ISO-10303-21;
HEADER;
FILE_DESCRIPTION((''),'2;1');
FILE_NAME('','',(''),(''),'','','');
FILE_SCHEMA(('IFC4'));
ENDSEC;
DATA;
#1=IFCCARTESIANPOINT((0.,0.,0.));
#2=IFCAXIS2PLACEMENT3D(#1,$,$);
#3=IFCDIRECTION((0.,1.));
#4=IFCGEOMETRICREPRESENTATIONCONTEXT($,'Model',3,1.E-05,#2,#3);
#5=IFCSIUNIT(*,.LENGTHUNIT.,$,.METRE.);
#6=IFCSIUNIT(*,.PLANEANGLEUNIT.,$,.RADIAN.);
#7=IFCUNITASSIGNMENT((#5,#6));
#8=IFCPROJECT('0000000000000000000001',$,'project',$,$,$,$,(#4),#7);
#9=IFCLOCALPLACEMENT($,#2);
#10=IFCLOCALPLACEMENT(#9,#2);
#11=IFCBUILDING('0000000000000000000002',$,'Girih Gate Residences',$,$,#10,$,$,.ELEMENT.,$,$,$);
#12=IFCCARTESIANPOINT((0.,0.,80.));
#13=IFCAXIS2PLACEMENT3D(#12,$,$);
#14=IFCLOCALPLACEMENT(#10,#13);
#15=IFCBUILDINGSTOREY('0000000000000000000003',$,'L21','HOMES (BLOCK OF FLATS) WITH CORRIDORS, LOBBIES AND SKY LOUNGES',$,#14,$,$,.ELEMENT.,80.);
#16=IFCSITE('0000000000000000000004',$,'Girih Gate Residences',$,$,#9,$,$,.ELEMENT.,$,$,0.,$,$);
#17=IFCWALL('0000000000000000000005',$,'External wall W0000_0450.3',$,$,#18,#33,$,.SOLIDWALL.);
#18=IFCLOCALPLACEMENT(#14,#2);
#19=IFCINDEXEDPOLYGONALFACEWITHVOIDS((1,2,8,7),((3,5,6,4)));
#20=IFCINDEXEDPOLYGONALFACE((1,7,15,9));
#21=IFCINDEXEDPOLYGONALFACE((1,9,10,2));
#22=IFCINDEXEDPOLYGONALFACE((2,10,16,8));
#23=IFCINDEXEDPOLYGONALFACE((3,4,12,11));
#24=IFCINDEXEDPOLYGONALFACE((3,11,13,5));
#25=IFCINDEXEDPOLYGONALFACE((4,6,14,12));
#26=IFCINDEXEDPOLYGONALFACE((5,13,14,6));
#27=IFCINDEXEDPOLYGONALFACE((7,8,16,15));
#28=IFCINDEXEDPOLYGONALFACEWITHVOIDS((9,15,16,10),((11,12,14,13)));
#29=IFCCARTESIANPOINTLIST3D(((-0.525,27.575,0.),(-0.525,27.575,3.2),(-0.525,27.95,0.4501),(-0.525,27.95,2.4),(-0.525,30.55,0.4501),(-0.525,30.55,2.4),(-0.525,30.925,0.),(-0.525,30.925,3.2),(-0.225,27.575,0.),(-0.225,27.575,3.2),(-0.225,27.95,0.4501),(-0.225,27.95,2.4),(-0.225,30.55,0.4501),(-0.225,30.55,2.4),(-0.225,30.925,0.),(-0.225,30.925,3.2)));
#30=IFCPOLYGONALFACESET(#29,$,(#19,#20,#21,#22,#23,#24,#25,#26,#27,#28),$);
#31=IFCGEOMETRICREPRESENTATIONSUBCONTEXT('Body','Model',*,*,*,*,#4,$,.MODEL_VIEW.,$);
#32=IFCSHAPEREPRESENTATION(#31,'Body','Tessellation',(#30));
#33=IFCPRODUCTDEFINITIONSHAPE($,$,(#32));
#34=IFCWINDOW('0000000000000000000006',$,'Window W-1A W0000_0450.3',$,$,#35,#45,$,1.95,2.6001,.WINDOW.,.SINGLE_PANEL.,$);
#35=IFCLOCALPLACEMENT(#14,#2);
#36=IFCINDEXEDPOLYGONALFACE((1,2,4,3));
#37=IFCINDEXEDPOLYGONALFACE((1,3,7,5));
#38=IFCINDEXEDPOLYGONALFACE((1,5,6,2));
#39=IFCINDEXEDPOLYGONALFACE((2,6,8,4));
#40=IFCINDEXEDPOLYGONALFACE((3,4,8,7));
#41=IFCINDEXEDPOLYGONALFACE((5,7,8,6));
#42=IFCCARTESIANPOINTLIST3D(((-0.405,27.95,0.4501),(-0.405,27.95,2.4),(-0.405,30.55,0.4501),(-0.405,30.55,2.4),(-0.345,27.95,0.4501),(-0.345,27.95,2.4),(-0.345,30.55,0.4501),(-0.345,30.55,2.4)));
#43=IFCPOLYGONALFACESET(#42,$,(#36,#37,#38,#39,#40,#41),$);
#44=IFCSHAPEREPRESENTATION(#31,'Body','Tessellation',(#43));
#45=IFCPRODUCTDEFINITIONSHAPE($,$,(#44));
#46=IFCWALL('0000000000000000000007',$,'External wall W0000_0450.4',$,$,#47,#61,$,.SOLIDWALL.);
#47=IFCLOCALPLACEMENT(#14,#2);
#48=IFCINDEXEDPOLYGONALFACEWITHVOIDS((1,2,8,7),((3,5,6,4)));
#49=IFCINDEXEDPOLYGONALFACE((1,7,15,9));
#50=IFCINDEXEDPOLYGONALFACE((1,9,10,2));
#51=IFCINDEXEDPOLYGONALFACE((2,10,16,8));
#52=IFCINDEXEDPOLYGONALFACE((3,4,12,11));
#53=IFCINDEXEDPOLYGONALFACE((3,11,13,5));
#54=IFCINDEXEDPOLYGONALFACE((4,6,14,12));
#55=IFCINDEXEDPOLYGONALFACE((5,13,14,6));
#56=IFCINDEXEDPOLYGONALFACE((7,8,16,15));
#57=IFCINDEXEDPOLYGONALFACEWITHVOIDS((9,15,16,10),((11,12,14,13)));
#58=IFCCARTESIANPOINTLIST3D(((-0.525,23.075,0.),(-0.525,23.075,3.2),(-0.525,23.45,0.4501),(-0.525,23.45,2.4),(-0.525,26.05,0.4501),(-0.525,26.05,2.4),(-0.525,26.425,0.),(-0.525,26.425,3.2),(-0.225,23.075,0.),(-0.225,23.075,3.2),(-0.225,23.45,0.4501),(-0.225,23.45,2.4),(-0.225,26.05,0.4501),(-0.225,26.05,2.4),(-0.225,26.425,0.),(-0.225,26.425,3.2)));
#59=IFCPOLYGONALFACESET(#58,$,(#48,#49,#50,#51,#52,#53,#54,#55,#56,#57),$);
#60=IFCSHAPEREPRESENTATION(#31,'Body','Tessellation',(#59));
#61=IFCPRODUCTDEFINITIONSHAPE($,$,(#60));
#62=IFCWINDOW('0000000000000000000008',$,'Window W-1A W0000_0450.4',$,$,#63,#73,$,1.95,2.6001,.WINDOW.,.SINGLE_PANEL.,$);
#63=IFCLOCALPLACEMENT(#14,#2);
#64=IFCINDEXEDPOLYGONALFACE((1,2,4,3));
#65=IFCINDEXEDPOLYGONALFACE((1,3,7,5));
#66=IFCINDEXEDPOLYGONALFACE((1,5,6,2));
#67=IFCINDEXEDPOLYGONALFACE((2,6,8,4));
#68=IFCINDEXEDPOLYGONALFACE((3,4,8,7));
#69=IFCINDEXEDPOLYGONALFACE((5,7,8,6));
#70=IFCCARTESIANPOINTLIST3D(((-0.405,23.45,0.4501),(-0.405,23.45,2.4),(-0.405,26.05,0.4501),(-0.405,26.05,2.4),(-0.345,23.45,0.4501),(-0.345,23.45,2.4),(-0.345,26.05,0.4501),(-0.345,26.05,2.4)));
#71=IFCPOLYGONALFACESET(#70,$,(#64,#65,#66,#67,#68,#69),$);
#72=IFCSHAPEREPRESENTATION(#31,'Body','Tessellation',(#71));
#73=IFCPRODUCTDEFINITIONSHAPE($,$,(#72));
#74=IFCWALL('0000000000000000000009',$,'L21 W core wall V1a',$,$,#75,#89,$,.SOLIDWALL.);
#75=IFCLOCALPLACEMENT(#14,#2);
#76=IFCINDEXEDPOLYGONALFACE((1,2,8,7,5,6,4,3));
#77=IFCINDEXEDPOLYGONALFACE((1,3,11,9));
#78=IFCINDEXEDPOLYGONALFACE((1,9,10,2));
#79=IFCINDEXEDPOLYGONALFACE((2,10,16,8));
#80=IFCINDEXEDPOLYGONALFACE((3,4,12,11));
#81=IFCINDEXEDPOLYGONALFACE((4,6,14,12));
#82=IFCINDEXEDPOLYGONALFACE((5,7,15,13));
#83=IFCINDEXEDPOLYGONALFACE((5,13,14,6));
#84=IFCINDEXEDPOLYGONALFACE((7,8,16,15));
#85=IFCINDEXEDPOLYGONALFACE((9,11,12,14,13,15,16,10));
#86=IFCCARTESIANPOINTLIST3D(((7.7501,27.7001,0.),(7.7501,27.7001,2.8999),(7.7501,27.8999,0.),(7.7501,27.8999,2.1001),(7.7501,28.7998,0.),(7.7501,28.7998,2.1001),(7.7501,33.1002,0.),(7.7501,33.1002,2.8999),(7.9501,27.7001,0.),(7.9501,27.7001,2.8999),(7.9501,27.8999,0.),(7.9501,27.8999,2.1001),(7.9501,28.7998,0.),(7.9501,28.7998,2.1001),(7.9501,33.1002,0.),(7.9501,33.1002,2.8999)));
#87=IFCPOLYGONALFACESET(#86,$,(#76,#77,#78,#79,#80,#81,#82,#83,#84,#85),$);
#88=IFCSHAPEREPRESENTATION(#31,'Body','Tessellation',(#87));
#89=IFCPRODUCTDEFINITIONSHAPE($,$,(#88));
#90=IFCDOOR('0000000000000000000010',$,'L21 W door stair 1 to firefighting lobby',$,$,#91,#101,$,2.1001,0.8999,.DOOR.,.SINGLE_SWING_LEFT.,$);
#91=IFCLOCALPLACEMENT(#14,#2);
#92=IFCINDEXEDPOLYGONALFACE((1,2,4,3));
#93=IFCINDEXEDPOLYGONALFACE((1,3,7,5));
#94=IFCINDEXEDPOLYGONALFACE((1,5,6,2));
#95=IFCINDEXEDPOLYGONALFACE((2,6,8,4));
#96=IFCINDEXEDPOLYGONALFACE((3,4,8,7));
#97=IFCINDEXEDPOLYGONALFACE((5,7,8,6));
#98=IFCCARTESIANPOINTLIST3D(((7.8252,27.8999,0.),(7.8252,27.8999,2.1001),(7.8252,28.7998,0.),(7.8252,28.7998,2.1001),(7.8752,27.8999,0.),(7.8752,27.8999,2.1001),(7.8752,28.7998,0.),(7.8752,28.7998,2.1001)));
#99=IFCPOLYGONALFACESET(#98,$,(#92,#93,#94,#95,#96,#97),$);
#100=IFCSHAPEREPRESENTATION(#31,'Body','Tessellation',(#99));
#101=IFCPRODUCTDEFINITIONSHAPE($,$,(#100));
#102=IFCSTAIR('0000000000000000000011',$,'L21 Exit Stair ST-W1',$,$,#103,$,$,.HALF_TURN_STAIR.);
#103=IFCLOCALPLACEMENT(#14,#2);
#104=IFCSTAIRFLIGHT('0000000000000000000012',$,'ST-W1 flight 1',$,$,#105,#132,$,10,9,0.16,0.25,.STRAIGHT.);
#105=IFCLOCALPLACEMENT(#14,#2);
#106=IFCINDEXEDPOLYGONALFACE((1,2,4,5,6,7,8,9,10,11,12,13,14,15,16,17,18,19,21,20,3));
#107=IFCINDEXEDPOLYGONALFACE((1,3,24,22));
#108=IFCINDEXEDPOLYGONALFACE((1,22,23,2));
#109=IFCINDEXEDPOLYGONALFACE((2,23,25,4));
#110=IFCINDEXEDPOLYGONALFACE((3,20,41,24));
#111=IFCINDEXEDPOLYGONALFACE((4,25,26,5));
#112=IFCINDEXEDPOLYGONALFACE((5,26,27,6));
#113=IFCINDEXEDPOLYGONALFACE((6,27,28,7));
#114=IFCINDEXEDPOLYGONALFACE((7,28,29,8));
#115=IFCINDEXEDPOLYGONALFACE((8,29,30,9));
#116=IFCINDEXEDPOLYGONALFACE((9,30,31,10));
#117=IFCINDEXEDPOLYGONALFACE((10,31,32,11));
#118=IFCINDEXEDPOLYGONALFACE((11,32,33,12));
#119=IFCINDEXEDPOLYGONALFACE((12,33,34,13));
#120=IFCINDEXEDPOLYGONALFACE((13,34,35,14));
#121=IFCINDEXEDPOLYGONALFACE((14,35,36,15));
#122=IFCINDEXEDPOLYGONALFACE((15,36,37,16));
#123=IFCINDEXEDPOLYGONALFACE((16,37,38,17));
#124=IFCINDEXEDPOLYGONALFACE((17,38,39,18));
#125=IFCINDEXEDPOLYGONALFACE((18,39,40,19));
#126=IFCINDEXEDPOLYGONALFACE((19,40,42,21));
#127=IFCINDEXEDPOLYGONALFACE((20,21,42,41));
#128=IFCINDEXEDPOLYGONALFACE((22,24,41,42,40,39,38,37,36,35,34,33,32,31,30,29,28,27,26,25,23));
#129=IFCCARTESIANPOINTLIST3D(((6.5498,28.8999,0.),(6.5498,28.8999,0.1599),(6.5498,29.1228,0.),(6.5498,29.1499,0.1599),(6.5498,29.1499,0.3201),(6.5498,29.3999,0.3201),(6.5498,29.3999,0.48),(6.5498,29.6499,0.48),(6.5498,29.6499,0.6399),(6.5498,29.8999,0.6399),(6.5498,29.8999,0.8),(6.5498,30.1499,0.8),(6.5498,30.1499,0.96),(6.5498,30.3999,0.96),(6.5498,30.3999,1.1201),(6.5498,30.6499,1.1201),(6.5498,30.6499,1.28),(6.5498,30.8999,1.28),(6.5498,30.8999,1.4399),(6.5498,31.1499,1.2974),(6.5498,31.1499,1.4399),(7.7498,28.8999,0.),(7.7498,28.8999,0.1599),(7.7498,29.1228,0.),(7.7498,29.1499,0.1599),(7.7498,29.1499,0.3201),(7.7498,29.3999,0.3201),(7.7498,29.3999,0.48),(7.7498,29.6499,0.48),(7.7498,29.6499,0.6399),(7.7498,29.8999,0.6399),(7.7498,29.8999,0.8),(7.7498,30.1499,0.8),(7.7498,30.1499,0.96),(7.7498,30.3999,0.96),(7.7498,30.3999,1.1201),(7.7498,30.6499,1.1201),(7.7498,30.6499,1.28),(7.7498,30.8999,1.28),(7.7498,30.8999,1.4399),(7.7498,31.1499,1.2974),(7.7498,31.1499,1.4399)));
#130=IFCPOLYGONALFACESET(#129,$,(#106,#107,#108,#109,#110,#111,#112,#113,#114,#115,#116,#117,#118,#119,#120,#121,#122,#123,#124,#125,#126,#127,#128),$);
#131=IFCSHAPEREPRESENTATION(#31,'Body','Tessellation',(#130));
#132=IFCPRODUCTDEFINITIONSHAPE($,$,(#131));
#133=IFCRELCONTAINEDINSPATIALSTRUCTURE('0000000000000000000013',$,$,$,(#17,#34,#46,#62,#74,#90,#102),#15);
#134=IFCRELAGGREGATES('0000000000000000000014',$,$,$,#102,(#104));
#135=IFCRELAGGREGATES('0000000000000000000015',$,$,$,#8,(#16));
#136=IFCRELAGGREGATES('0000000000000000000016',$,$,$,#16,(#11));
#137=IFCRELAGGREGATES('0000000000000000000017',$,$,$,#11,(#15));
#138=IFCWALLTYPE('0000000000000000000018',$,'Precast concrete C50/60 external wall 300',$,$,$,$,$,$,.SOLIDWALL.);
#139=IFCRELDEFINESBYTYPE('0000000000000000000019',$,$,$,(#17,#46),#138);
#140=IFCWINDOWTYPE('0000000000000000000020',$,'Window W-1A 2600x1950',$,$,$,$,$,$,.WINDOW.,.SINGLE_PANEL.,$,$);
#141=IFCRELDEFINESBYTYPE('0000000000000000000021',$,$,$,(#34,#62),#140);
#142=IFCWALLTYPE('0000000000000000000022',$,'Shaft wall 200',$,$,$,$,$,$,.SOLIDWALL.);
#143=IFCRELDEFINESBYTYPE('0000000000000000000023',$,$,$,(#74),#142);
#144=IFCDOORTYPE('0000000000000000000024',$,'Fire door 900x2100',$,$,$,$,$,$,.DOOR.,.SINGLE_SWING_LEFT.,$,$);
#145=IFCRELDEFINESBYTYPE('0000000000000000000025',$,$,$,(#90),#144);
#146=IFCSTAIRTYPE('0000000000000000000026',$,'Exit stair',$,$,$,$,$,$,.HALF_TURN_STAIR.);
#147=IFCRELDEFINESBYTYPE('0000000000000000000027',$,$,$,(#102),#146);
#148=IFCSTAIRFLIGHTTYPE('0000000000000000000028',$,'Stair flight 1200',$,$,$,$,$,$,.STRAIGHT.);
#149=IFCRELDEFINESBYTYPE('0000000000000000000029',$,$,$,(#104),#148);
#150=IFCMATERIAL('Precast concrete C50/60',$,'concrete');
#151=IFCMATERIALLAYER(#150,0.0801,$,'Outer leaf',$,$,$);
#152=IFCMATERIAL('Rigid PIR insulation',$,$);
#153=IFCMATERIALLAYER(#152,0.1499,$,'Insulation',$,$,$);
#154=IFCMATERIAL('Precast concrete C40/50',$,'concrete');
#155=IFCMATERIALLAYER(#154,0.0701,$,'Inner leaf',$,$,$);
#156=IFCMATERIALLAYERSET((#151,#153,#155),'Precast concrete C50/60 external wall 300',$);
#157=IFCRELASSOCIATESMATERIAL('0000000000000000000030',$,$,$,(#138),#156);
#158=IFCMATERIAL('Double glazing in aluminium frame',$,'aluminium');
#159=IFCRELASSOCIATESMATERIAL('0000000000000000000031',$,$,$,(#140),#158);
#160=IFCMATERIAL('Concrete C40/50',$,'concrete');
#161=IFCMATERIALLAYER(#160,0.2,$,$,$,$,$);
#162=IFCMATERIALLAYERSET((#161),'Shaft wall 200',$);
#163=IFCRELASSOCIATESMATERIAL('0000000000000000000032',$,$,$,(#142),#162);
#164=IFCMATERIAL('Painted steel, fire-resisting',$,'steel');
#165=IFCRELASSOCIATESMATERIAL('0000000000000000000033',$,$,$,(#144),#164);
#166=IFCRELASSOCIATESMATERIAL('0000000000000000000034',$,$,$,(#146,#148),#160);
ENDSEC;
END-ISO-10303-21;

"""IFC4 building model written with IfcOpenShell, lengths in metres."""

from ifc_helpers import new_model, si_unit, direction, frame, frame_2d, origin, place, context, subcontext, project, spatial, polyline, rectangle, outline, extrude, material, layer, layer_set, type_object, element, fill, aggregate, save


model = new_model("IFC4")

# Units and contexts
model_context = context("Model", 3, precision=1e-05, world=origin(), true_north=direction((0.0, 1.0)))
body_context = subcontext(model_context, "Body", "Model", "MODEL_VIEW")
ifc_project = project(units=[si_unit("LENGTHUNIT", "METRE"), si_unit("PLANEANGLEUNIT", "RADIAN")], contexts=[model_context])

# Site, building, storey
site_placement = place(None, origin())
site = spatial("IfcSite", under=ifc_project, at=site_placement, Name="Girih Gate Residences", CompositionType="ELEMENT", RefElevation=0.0)
building_placement = place(site_placement, origin())
building = spatial("IfcBuilding", under=site, at=building_placement, Name="Girih Gate Residences", CompositionType="ELEMENT")
storey_placement = place(building_placement, frame((0.0, 0.0, 80.0)))
storey = spatial("IfcBuildingStorey", under=building, at=storey_placement, Name="L21", Description="HOMES (BLOCK OF FLATS) WITH CORRIDORS, LOBBIES AND SKY LOUNGES", CompositionType="ELEMENT", Elevation=80.0)

# Shared definitions
ifc_material_1 = material(Name="Painted steel, fire-resisting", Category="steel")

# Walls, openings, windows
ifc_material_2 = material(Name="Precast concrete C50/60", Category="concrete")
ifc_layer_1 = layer(ifc_material_2, 0.0801, Name="Outer leaf")
ifc_material_3 = material(Name="Rigid PIR insulation")
ifc_layer_2 = layer(ifc_material_3, 0.1499, Name="Insulation")
ifc_material_4 = material(Name="Precast concrete C40/50", Category="concrete")
ifc_layer_3 = layer(ifc_material_4, 0.0701, Name="Inner leaf")
ifc_layer_set_1 = layer_set([ifc_layer_1, ifc_layer_2, ifc_layer_3], Name="Precast concrete C50/60 external wall 300")
wall_type_1 = type_object("IfcWallType", Name="Precast concrete C50/60 external wall 300", PredefinedType="SOLIDWALL", material=ifc_layer_set_1)
wall_1_placement = place(storey_placement, frame((-0.375, 27.575, 0.0), z_axis=(0.0, 0.0, 1.0), x_axis=(0.0, 1.0, 0.0)))
wall_1 = element("IfcWall", 1, at=wall_1_placement, inside=storey, type_object=wall_type_1, Name="External wall W0000_0450.3", PredefinedType="SOLIDWALL", context=body_context, shape_type="SweptSolid", body=[
    extrude(rectangle(XDim=3.3501, YDim=0.3, at=frame_2d((1.675, 0.0))), origin(), (0.0, 0.0, 1.0), 3.2),
])
opening_1_placement = place(wall_1_placement, frame((0.375, 0.0, 0.45)))
opening_1 = element("IfcOpeningElement", 2, at=opening_1_placement, cuts=wall_1, PredefinedType="OPENING", context=body_context, shape_type="SweptSolid", body=[
    extrude(rectangle(XDim=2.6001, YDim=1.95, at=frame_2d((1.3, 0.9751))), frame((0.0, 0.1599, 0.0), z_axis=(0.0, -1.0, 0.0), x_axis=(1.0, 0.0, 0.0)), (0.0, 0.0, 1.0), 0.3201),
])
ifc_material_5 = material(Name="Double glazing in aluminium frame", Category="aluminium")
window_type = type_object("IfcWindowType", Name="Window W-1A 2600x1950", PartitioningType="SINGLE_PANEL", PredefinedType="WINDOW", material=ifc_material_5)
window_1_placement = place(opening_1_placement, origin())
window_1 = element("IfcWindow", 3, at=window_1_placement, inside=storey, type_object=window_type, Name="Window W-1A W0000_0450.3", OverallHeight=1.95, OverallWidth=2.6001, PartitioningType="SINGLE_PANEL", PredefinedType="WINDOW", context=body_context, shape_type="SweptSolid", body=[
    extrude(rectangle(XDim=2.6001, YDim=1.95, at=frame_2d((1.3, 0.9751))), frame((0.0, 0.03, 0.0), z_axis=(0.0, -1.0, 0.0), x_axis=(1.0, 0.0, 0.0)), (0.0, 0.0, 1.0), 0.0601),
])
fill(opening_1, window_1)
wall_2_placement = place(storey_placement, frame((-0.375, 23.075, 0.0), z_axis=(0.0, 0.0, 1.0), x_axis=(0.0, 1.0, 0.0)))
wall_2 = element("IfcWall", 4, at=wall_2_placement, inside=storey, type_object=wall_type_1, Name="External wall W0000_0450.4", PredefinedType="SOLIDWALL", context=body_context, shape_type="SweptSolid", body=[
    extrude(rectangle(XDim=3.3501, YDim=0.3, at=frame_2d((1.675, 0.0))), origin(), (0.0, 0.0, 1.0), 3.2),
])
opening_2_placement = place(wall_2_placement, frame((0.375, 0.0, 0.45)))
opening_2 = element("IfcOpeningElement", 5, at=opening_2_placement, cuts=wall_2, PredefinedType="OPENING", context=body_context, shape_type="SweptSolid", body=[
    extrude(rectangle(XDim=2.6001, YDim=1.95, at=frame_2d((1.3, 0.9751))), frame((0.0, 0.1599, 0.0), z_axis=(0.0, -1.0, 0.0), x_axis=(1.0, 0.0, 0.0)), (0.0, 0.0, 1.0), 0.3201),
])
window_2_placement = place(opening_2_placement, origin())
window_2 = element("IfcWindow", 6, at=window_2_placement, inside=storey, type_object=window_type, Name="Window W-1A W0000_0450.4", OverallHeight=1.95, OverallWidth=2.6001, PartitioningType="SINGLE_PANEL", PredefinedType="WINDOW", context=body_context, shape_type="SweptSolid", body=[
    extrude(rectangle(XDim=2.6001, YDim=1.95, at=frame_2d((1.3, 0.9751))), frame((0.0, 0.03, 0.0), z_axis=(0.0, -1.0, 0.0), x_axis=(1.0, 0.0, 0.0)), (0.0, 0.0, 1.0), 0.0601),
])
fill(opening_2, window_2)

# Wall, opening, door
ifc_material_6 = material(Name="Concrete C40/50", Category="concrete")
ifc_layer_4 = layer(ifc_material_6, 0.2)
ifc_layer_set_2 = layer_set([ifc_layer_4], Name="Shaft wall 200")
wall_type_2 = type_object("IfcWallType", Name="Shaft wall 200", PredefinedType="SOLIDWALL", material=ifc_layer_set_2)
wall_3_placement = place(storey_placement, frame((7.8501, 27.7, 0.0), z_axis=(0.0, 0.0, 1.0), x_axis=(0.0, 1.0, 0.0)))
wall_3 = element("IfcWall", 7, at=wall_3_placement, inside=storey, type_object=wall_type_2, Name="L21 W core wall V1a", PredefinedType="SOLIDWALL", context=body_context, shape_type="SweptSolid", body=[
    extrude(rectangle(XDim=5.4001, YDim=0.2, at=frame_2d((2.7002, 0.0))), origin(), (0.0, 0.0, 1.0), 2.8999),
])
opening_3_placement = place(wall_3_placement, frame((0.2, 0.0, 0.0)))
opening_3 = element("IfcOpeningElement", 8, at=opening_3_placement, cuts=wall_3, PredefinedType="OPENING", context=body_context, shape_type="SweptSolid", body=[
    extrude(rectangle(XDim=0.8999, YDim=2.1001, at=frame_2d((0.45, 1.05))), frame((0.0, 0.1099, 0.0), z_axis=(0.0, -1.0, 0.0), x_axis=(1.0, 0.0, 0.0)), (0.0, 0.0, 1.0), 0.22),
])
door_type_1 = type_object("IfcDoorType", Name="Fire door 900x2100", OperationType="SINGLE_SWING_LEFT", PredefinedType="DOOR", material=ifc_material_1)
door_1_placement = place(opening_3_placement, origin())
door_1 = element("IfcDoor", 9, at=door_1_placement, inside=storey, type_object=door_type_1, Name="L21 W door stair 1 to firefighting lobby", OperationType="SINGLE_SWING_LEFT", OverallHeight=2.1001, OverallWidth=0.8999, PredefinedType="DOOR", context=body_context, shape_type="SweptSolid", body=[
    extrude(rectangle(XDim=0.8999, YDim=2.1001, at=frame_2d((0.45, 1.05))), frame((0.0, 0.0249, 0.0), z_axis=(0.0, -1.0, 0.0), x_axis=(1.0, 0.0, 0.0)), (0.0, 0.0, 1.0), 0.05),
])
fill(opening_3, door_1)

# Stair, stair flight
stair_type = type_object("IfcStairType", Name="Exit stair", PredefinedType="HALF_TURN_STAIR", material=ifc_material_6)
stair_placement = place(storey_placement, origin())
stair = element("IfcStair", 10, at=stair_placement, inside=storey, type_object=stair_type, Name="L21 Exit Stair ST-W1", PredefinedType="HALF_TURN_STAIR")
stair_flight_type = type_object("IfcStairFlightType", Name="Stair flight 1200", PredefinedType="STRAIGHT", material=ifc_material_6)
stair_flight_placement = place(storey_placement, frame((7.1499, 28.8999, 0.0), z_axis=(0.0, 0.0, 1.0), x_axis=(0.0, 1.0, 0.0)))
stair_flight = element("IfcStairFlight", 11, at=stair_flight_placement, type_object=stair_flight_type, Name="ST-W1 flight 1", NumberOfRisers=10, NumberOfTreads=9, PredefinedType="STRAIGHT", RiserHeight=0.16, TreadLength=0.25, context=body_context, shape_type="SweptSolid", body=[
    extrude(outline(polyline([(0.0, 0.0), (0.0, 0.1599), (0.25, 0.1599), (0.25, 0.3201), (0.5, 0.3201), (0.5, 0.48), (0.75, 0.48), (0.75, 0.6399), (1.0, 0.6399), (1.0, 0.8), (1.25, 0.8), (1.25, 0.96), (1.5, 0.96), (1.5, 1.1201), (1.75, 1.1201), (1.75, 1.28), (2.0, 1.28), (2.0, 1.4399), (2.25, 1.4399), (2.25, 1.6001), (2.25, 1.2974), (0.2229, 0.0), (0.0, 0.0)])), frame((0.0, 0.6001, 0.0), z_axis=(0.0, -1.0, 0.0), x_axis=(1.0, 0.0, 0.0)), (0.0, 0.0, 1.0), 1.2),
])
aggregate(stair, [stair_flight])

save(model, "model.ifc")
